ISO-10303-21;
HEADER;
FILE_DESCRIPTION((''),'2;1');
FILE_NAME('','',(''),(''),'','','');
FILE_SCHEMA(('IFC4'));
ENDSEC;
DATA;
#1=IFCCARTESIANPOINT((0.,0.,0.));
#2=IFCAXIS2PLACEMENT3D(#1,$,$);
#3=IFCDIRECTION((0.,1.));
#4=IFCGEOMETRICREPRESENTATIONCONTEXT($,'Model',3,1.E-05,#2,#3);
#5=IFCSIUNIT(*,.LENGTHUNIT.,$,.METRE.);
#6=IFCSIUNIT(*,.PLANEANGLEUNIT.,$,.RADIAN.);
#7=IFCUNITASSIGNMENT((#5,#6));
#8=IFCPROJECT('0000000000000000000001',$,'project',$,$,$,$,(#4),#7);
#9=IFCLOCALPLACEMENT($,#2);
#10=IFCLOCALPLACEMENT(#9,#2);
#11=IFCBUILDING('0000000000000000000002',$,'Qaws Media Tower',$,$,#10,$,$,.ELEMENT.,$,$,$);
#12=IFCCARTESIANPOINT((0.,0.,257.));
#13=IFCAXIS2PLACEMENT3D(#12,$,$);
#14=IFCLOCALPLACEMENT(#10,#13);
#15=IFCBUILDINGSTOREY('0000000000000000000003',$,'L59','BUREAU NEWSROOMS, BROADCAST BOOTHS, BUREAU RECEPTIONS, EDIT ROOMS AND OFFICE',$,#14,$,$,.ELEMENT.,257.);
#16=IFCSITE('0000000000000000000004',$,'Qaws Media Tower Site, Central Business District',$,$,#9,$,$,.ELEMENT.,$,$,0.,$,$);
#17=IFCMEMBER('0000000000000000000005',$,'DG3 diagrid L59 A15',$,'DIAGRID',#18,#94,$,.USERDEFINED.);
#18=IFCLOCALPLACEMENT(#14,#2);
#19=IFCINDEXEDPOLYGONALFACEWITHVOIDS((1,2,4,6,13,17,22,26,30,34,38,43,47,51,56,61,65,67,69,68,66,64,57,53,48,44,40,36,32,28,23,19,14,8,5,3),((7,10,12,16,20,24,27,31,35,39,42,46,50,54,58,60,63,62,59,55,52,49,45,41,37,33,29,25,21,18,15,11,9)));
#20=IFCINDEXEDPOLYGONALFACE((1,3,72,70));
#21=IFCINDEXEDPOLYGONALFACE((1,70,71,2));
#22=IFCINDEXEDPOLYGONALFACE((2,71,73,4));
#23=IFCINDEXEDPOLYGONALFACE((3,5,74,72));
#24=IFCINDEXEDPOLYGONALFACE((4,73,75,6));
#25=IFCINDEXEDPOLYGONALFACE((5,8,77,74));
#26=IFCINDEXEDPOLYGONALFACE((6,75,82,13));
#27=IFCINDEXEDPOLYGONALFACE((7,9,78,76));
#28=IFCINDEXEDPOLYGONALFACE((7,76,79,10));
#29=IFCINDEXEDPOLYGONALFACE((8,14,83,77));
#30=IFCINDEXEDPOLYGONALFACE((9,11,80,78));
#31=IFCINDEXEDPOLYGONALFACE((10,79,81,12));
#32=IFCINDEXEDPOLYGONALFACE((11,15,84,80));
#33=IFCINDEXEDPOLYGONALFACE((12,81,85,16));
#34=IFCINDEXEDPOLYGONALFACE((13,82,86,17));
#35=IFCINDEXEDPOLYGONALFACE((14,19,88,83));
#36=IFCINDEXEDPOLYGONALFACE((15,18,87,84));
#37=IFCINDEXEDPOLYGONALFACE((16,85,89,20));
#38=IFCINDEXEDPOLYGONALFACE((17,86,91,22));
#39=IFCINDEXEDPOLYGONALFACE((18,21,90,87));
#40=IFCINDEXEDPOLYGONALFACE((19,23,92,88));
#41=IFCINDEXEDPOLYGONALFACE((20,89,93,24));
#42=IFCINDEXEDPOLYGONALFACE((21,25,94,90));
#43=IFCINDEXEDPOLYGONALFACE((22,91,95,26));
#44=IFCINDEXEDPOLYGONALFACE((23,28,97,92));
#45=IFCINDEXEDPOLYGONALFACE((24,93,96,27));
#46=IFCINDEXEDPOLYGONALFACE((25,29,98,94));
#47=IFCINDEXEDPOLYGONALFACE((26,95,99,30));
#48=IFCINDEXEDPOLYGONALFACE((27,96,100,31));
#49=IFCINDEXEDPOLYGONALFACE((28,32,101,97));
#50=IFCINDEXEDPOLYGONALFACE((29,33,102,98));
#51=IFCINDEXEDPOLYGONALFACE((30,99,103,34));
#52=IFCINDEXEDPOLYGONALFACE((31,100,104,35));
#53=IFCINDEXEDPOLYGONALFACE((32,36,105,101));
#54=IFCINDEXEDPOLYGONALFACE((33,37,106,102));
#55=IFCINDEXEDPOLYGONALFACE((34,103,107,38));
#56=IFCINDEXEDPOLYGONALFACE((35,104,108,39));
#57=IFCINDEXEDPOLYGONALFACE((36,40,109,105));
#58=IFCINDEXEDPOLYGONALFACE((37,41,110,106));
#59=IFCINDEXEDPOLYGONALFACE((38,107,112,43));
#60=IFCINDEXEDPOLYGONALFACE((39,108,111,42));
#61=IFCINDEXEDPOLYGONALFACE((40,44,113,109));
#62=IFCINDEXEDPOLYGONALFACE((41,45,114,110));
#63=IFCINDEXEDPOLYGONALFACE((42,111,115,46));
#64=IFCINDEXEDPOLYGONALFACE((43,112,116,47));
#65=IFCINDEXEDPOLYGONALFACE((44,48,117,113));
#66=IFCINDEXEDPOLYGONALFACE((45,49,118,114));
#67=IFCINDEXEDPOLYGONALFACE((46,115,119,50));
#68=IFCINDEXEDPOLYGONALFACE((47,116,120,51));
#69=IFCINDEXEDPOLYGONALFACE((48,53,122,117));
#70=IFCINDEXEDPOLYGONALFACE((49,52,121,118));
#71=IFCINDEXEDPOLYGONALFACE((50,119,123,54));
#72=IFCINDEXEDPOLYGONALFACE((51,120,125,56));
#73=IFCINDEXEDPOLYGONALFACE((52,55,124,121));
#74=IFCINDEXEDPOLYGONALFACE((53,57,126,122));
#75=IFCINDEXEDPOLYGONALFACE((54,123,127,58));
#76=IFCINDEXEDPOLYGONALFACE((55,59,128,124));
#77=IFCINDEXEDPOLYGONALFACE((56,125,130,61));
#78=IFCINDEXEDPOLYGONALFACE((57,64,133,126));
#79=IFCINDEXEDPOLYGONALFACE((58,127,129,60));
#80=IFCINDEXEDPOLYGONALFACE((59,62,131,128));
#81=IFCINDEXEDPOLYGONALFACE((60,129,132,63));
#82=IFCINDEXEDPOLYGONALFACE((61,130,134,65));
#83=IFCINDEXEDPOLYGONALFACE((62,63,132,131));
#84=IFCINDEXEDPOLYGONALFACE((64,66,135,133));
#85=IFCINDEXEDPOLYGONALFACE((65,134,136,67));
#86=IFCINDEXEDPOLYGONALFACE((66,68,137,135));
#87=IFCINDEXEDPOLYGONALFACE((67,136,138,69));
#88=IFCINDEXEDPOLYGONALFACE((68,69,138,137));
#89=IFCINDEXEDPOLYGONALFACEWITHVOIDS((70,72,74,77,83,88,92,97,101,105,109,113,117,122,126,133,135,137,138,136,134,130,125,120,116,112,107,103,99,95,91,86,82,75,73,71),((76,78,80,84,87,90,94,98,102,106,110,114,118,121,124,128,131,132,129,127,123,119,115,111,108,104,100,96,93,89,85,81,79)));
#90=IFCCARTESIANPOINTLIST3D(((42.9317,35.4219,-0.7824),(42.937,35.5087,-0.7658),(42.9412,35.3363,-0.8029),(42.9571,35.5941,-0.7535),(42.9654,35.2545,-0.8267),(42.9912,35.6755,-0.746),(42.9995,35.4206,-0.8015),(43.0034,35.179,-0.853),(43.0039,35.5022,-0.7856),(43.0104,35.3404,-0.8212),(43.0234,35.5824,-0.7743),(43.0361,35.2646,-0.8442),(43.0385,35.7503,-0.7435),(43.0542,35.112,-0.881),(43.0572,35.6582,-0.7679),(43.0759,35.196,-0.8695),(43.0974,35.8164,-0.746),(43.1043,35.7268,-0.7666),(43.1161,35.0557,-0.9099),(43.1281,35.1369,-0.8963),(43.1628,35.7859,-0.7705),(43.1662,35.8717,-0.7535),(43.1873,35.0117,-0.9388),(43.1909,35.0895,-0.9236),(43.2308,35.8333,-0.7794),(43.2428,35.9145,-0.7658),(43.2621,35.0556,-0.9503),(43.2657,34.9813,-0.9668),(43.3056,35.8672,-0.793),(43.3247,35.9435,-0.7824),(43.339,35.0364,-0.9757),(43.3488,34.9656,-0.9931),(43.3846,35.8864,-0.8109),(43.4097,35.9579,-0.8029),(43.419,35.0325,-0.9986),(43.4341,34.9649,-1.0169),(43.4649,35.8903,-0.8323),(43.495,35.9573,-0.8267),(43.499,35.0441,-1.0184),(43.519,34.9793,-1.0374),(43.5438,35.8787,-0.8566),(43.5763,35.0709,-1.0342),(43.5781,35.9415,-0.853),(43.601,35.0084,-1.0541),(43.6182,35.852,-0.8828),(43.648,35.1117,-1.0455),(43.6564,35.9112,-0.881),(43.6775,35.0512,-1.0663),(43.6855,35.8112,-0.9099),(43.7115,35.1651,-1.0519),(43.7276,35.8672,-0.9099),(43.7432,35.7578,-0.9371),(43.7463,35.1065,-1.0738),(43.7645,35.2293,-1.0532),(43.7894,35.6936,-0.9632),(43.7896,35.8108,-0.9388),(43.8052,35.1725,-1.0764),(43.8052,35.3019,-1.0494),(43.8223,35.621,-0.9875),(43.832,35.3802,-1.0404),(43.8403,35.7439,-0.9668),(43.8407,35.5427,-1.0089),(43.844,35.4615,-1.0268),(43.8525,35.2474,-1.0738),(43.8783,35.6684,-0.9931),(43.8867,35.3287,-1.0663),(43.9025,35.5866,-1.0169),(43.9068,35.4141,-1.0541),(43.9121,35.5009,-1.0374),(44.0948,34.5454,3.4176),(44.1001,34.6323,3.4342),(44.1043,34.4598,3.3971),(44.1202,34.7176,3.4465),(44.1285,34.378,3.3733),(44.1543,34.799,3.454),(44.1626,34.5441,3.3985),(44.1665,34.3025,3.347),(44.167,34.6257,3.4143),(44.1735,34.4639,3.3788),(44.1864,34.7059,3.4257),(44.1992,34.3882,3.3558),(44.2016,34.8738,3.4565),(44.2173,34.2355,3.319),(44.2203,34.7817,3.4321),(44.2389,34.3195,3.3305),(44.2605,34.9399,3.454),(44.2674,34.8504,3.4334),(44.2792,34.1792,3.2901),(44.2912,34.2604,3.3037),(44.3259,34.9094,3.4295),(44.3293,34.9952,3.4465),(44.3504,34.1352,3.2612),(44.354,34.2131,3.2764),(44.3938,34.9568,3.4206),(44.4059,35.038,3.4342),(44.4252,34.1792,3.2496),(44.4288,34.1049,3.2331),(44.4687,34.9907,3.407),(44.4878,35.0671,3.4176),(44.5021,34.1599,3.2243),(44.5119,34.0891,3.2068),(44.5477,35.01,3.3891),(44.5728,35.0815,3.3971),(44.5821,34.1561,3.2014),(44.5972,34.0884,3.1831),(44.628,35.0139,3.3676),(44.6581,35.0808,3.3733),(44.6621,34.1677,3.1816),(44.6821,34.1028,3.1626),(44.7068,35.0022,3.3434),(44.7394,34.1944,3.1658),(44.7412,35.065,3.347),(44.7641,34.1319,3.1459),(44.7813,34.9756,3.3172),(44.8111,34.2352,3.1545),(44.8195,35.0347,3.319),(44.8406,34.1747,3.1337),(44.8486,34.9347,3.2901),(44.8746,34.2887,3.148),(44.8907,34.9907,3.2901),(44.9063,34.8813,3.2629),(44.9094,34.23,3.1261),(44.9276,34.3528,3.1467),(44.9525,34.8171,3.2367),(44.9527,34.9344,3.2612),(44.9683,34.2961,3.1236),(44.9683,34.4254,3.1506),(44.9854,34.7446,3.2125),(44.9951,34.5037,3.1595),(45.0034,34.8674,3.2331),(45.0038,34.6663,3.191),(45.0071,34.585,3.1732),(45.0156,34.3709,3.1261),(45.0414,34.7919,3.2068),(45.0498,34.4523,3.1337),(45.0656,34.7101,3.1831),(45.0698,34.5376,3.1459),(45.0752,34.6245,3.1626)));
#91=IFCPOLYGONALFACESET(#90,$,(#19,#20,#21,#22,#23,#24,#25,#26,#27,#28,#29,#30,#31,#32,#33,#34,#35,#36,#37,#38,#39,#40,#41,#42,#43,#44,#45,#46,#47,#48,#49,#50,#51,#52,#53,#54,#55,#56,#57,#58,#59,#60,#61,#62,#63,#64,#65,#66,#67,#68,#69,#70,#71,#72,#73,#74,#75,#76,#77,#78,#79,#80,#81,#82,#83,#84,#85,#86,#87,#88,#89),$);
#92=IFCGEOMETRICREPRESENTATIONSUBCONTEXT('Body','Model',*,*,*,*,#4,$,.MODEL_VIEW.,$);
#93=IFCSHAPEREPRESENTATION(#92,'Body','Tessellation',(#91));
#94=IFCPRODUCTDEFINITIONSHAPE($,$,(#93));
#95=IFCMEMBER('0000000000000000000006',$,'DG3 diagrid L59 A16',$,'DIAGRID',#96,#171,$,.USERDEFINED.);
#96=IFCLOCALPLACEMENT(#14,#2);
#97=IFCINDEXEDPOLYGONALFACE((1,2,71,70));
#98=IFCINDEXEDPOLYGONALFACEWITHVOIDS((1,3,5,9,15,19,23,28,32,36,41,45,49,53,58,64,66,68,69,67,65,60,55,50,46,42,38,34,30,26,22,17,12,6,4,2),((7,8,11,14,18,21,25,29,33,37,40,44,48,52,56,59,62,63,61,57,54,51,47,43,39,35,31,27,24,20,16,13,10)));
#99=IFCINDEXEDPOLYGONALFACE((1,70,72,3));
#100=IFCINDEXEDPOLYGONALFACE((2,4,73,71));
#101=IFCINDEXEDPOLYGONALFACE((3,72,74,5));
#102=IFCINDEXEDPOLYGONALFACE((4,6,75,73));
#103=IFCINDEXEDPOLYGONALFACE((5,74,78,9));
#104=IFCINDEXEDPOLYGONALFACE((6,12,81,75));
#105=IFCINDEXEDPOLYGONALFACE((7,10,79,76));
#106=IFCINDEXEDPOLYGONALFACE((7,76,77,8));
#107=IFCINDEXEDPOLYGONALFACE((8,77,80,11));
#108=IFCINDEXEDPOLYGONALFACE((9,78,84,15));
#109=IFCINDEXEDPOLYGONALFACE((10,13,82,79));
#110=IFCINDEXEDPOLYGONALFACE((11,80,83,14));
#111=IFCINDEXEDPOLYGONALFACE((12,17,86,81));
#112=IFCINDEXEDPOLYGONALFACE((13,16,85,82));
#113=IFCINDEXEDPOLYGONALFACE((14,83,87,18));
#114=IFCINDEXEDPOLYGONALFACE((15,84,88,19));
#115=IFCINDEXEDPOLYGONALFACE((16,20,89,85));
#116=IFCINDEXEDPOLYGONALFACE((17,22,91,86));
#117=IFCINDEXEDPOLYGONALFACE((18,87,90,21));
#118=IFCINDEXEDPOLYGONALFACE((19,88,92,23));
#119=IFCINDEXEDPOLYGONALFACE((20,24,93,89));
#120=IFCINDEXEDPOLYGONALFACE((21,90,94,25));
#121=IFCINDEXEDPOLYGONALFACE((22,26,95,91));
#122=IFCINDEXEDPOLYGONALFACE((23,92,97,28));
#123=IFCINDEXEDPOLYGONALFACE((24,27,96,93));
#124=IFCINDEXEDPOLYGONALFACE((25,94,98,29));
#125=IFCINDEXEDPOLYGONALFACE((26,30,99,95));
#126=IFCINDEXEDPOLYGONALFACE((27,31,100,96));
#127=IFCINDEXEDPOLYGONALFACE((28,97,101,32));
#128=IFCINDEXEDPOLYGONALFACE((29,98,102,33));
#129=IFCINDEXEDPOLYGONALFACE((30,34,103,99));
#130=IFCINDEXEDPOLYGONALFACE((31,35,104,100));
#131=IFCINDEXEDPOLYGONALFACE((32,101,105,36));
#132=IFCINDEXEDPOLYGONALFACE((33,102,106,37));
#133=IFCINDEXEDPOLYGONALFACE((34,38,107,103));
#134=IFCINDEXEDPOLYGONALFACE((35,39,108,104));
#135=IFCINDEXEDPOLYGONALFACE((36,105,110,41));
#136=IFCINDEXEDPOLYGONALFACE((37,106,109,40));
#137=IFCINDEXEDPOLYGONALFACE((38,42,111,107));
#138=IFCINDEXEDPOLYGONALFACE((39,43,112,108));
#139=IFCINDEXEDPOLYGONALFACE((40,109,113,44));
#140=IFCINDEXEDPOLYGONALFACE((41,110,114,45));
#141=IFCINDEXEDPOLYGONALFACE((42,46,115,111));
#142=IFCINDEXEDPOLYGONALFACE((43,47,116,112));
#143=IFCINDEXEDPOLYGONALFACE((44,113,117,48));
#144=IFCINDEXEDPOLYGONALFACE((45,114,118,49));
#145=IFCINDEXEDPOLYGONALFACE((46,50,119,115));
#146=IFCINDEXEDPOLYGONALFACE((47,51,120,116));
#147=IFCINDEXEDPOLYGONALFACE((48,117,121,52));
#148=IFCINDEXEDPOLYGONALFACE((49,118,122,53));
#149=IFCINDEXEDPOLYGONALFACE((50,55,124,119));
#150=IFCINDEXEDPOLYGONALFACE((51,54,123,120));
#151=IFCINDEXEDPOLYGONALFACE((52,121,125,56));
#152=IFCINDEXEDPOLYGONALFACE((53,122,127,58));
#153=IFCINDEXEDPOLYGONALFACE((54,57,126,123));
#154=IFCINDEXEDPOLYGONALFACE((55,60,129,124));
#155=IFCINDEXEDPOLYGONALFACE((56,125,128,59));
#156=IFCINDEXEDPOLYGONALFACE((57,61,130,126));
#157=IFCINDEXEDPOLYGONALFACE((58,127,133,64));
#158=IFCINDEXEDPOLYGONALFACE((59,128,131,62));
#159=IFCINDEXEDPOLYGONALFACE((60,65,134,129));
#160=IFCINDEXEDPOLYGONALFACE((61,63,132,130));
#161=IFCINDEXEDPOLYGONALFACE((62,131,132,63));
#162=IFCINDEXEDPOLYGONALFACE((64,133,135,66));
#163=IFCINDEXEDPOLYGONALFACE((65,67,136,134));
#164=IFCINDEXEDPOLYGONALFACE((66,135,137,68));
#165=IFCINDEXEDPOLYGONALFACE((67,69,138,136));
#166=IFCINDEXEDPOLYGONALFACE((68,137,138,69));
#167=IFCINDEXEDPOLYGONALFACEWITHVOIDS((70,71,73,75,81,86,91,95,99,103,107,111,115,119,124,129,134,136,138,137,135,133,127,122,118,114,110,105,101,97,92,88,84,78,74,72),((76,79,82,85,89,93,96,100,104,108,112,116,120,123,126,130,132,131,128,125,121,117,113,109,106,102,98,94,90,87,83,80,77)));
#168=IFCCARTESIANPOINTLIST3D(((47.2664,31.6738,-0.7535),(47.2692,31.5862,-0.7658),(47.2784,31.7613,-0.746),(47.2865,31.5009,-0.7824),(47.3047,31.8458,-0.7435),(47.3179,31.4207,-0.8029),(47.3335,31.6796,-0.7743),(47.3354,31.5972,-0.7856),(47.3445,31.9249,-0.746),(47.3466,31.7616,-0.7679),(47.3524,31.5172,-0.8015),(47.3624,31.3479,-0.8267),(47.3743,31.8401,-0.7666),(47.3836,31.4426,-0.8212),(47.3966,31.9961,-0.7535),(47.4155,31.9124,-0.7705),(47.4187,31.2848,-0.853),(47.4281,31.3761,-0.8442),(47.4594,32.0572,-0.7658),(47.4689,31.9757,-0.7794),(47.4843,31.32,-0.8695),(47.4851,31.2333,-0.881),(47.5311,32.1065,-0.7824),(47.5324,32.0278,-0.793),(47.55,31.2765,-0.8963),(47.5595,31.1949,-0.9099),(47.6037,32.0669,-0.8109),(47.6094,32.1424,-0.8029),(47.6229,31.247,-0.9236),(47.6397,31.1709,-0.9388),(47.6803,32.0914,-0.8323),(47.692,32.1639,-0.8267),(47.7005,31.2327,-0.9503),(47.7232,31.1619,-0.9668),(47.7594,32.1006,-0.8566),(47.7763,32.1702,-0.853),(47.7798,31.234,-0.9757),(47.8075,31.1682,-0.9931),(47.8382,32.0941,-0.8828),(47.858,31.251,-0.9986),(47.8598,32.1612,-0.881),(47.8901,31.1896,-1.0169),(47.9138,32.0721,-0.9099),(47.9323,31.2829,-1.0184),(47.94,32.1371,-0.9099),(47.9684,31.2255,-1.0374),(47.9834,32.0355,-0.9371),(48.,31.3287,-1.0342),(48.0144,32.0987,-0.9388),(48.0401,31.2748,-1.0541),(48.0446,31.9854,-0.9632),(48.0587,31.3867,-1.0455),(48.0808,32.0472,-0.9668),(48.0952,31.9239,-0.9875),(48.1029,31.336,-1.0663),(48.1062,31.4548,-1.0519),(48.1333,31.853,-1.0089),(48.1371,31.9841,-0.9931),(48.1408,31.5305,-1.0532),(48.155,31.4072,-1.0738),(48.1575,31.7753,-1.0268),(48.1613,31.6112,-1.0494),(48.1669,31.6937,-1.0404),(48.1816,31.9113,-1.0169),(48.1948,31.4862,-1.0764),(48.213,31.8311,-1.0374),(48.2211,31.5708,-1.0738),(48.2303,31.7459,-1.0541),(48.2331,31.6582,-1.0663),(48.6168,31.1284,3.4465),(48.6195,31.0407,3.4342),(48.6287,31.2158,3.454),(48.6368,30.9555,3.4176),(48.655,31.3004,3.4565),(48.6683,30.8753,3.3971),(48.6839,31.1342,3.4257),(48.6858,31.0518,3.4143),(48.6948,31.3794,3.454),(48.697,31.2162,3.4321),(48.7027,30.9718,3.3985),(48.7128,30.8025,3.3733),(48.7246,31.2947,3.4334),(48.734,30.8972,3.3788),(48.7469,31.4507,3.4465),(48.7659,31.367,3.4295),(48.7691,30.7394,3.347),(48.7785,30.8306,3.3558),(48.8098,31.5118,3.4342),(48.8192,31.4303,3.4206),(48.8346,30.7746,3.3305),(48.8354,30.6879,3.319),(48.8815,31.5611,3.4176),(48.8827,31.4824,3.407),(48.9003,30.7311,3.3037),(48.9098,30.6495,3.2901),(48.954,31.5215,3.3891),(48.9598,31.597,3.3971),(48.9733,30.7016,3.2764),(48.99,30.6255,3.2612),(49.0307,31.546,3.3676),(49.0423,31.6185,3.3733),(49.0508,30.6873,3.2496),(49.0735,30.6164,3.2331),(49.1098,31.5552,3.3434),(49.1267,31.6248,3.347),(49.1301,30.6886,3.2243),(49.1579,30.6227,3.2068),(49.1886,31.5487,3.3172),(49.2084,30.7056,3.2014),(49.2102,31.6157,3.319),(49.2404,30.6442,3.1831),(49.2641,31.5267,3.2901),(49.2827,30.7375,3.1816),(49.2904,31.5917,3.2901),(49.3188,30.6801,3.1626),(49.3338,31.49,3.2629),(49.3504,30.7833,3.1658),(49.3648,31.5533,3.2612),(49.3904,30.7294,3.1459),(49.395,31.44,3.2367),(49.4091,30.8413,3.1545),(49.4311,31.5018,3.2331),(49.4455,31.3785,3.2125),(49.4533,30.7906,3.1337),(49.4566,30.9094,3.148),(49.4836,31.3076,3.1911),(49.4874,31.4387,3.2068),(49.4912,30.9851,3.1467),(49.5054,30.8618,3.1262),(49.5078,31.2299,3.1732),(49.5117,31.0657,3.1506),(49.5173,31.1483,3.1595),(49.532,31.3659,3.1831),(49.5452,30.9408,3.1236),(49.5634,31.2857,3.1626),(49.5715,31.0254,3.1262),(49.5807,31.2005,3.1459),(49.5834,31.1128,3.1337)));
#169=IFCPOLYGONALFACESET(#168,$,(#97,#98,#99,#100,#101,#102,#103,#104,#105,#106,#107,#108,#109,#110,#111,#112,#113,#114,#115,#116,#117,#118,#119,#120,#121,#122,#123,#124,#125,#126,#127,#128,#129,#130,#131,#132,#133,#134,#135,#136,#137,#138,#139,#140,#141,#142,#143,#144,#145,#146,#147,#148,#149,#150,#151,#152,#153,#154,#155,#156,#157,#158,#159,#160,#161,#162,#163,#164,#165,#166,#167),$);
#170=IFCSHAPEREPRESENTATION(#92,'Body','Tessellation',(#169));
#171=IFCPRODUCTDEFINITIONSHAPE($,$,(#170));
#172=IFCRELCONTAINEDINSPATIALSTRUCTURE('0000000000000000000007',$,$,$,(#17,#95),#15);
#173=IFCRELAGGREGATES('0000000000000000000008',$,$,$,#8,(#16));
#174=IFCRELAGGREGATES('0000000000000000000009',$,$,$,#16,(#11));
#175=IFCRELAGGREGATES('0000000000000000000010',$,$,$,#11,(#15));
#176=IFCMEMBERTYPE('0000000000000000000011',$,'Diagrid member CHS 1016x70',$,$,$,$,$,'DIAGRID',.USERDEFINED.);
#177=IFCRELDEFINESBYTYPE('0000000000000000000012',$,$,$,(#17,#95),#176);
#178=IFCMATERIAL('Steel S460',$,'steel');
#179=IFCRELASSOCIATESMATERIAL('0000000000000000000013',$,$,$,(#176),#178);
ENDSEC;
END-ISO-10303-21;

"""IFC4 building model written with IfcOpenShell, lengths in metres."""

from ifc_helpers import new_model, si_unit, direction, frame, origin, origin_2d, place, context, subcontext, project, spatial, hollow_circle, extrude, material, material_profile, profile_set, type_object, element, save


model = new_model("IFC4")

# Units and contexts
model_context = context("Model", 3, precision=1e-05, world=origin(), true_north=direction((0.0, 1.0)))
body_context = subcontext(model_context, "Body", "Model", "MODEL_VIEW")
ifc_project = project(units=[si_unit("LENGTHUNIT", "METRE"), si_unit("PLANEANGLEUNIT", "RADIAN")], contexts=[model_context])

# Site, building, storey
site_placement = place(None, origin())
site = spatial("IfcSite", under=ifc_project, at=site_placement, Name="Qaws Media Tower Site, Central Business District", CompositionType="ELEMENT", RefElevation=0.0)
building_placement = place(site_placement, origin())
building = spatial("IfcBuilding", under=site, at=building_placement, Name="Qaws Media Tower", CompositionType="ELEMENT")
storey_placement = place(building_placement, frame((0.0, 0.0, 257.0)))
storey = spatial("IfcBuildingStorey", under=building, at=storey_placement, Name="L59", Description="BUREAU NEWSROOMS, BROADCAST BOOTHS, BUREAU RECEPTIONS, EDIT ROOMS AND OFFICE", CompositionType="ELEMENT", Elevation=257.0)

# Members
ifc_material_1 = material(Name="Steel S460", Category="steel")
ifc_material_profile_1 = material_profile(ifc_material_1, hollow_circle(Radius=0.5081, WallThickness=0.0701, at=origin_2d()), Name="CHS 1016x70")
ifc_profile_set_1 = profile_set([ifc_material_profile_1], Name="Steel S460")
member_type_1 = type_object("IfcMemberType", Name="Diagrid member CHS 1016x70", ElementType="DIAGRID", PredefinedType="USERDEFINED", material=ifc_profile_set_1)
for number, where, z_axis, x_axis, name in (
    (1, (43.4219, 35.4614, -0.9099), (0.261645, -0.197167, 0.944811), (0.601822, 0.79863, 0.0), "DG3 diagrid L59 A15"),
    (2, (47.7498, 31.666, -0.9099), (0.30377, -0.122694, 0.944812), (0.37451, 0.927223, 0.0), "DG3 diagrid L59 A16"),
):
    element("IfcMember", number, at=place(storey_placement, frame(where, z_axis=z_axis, x_axis=x_axis)), inside=storey, type_object=member_type_1, Name=name, ObjectType="DIAGRID", PredefinedType="USERDEFINED", context=body_context, shape_type="SweptSolid", body=[
        extrude(hollow_circle(Radius=0.5081, WallThickness=0.0701, at=origin_2d()), origin(), (0.0, 0.0, 1.0), 4.4453),
    ])

save(model, "model.ifc")
